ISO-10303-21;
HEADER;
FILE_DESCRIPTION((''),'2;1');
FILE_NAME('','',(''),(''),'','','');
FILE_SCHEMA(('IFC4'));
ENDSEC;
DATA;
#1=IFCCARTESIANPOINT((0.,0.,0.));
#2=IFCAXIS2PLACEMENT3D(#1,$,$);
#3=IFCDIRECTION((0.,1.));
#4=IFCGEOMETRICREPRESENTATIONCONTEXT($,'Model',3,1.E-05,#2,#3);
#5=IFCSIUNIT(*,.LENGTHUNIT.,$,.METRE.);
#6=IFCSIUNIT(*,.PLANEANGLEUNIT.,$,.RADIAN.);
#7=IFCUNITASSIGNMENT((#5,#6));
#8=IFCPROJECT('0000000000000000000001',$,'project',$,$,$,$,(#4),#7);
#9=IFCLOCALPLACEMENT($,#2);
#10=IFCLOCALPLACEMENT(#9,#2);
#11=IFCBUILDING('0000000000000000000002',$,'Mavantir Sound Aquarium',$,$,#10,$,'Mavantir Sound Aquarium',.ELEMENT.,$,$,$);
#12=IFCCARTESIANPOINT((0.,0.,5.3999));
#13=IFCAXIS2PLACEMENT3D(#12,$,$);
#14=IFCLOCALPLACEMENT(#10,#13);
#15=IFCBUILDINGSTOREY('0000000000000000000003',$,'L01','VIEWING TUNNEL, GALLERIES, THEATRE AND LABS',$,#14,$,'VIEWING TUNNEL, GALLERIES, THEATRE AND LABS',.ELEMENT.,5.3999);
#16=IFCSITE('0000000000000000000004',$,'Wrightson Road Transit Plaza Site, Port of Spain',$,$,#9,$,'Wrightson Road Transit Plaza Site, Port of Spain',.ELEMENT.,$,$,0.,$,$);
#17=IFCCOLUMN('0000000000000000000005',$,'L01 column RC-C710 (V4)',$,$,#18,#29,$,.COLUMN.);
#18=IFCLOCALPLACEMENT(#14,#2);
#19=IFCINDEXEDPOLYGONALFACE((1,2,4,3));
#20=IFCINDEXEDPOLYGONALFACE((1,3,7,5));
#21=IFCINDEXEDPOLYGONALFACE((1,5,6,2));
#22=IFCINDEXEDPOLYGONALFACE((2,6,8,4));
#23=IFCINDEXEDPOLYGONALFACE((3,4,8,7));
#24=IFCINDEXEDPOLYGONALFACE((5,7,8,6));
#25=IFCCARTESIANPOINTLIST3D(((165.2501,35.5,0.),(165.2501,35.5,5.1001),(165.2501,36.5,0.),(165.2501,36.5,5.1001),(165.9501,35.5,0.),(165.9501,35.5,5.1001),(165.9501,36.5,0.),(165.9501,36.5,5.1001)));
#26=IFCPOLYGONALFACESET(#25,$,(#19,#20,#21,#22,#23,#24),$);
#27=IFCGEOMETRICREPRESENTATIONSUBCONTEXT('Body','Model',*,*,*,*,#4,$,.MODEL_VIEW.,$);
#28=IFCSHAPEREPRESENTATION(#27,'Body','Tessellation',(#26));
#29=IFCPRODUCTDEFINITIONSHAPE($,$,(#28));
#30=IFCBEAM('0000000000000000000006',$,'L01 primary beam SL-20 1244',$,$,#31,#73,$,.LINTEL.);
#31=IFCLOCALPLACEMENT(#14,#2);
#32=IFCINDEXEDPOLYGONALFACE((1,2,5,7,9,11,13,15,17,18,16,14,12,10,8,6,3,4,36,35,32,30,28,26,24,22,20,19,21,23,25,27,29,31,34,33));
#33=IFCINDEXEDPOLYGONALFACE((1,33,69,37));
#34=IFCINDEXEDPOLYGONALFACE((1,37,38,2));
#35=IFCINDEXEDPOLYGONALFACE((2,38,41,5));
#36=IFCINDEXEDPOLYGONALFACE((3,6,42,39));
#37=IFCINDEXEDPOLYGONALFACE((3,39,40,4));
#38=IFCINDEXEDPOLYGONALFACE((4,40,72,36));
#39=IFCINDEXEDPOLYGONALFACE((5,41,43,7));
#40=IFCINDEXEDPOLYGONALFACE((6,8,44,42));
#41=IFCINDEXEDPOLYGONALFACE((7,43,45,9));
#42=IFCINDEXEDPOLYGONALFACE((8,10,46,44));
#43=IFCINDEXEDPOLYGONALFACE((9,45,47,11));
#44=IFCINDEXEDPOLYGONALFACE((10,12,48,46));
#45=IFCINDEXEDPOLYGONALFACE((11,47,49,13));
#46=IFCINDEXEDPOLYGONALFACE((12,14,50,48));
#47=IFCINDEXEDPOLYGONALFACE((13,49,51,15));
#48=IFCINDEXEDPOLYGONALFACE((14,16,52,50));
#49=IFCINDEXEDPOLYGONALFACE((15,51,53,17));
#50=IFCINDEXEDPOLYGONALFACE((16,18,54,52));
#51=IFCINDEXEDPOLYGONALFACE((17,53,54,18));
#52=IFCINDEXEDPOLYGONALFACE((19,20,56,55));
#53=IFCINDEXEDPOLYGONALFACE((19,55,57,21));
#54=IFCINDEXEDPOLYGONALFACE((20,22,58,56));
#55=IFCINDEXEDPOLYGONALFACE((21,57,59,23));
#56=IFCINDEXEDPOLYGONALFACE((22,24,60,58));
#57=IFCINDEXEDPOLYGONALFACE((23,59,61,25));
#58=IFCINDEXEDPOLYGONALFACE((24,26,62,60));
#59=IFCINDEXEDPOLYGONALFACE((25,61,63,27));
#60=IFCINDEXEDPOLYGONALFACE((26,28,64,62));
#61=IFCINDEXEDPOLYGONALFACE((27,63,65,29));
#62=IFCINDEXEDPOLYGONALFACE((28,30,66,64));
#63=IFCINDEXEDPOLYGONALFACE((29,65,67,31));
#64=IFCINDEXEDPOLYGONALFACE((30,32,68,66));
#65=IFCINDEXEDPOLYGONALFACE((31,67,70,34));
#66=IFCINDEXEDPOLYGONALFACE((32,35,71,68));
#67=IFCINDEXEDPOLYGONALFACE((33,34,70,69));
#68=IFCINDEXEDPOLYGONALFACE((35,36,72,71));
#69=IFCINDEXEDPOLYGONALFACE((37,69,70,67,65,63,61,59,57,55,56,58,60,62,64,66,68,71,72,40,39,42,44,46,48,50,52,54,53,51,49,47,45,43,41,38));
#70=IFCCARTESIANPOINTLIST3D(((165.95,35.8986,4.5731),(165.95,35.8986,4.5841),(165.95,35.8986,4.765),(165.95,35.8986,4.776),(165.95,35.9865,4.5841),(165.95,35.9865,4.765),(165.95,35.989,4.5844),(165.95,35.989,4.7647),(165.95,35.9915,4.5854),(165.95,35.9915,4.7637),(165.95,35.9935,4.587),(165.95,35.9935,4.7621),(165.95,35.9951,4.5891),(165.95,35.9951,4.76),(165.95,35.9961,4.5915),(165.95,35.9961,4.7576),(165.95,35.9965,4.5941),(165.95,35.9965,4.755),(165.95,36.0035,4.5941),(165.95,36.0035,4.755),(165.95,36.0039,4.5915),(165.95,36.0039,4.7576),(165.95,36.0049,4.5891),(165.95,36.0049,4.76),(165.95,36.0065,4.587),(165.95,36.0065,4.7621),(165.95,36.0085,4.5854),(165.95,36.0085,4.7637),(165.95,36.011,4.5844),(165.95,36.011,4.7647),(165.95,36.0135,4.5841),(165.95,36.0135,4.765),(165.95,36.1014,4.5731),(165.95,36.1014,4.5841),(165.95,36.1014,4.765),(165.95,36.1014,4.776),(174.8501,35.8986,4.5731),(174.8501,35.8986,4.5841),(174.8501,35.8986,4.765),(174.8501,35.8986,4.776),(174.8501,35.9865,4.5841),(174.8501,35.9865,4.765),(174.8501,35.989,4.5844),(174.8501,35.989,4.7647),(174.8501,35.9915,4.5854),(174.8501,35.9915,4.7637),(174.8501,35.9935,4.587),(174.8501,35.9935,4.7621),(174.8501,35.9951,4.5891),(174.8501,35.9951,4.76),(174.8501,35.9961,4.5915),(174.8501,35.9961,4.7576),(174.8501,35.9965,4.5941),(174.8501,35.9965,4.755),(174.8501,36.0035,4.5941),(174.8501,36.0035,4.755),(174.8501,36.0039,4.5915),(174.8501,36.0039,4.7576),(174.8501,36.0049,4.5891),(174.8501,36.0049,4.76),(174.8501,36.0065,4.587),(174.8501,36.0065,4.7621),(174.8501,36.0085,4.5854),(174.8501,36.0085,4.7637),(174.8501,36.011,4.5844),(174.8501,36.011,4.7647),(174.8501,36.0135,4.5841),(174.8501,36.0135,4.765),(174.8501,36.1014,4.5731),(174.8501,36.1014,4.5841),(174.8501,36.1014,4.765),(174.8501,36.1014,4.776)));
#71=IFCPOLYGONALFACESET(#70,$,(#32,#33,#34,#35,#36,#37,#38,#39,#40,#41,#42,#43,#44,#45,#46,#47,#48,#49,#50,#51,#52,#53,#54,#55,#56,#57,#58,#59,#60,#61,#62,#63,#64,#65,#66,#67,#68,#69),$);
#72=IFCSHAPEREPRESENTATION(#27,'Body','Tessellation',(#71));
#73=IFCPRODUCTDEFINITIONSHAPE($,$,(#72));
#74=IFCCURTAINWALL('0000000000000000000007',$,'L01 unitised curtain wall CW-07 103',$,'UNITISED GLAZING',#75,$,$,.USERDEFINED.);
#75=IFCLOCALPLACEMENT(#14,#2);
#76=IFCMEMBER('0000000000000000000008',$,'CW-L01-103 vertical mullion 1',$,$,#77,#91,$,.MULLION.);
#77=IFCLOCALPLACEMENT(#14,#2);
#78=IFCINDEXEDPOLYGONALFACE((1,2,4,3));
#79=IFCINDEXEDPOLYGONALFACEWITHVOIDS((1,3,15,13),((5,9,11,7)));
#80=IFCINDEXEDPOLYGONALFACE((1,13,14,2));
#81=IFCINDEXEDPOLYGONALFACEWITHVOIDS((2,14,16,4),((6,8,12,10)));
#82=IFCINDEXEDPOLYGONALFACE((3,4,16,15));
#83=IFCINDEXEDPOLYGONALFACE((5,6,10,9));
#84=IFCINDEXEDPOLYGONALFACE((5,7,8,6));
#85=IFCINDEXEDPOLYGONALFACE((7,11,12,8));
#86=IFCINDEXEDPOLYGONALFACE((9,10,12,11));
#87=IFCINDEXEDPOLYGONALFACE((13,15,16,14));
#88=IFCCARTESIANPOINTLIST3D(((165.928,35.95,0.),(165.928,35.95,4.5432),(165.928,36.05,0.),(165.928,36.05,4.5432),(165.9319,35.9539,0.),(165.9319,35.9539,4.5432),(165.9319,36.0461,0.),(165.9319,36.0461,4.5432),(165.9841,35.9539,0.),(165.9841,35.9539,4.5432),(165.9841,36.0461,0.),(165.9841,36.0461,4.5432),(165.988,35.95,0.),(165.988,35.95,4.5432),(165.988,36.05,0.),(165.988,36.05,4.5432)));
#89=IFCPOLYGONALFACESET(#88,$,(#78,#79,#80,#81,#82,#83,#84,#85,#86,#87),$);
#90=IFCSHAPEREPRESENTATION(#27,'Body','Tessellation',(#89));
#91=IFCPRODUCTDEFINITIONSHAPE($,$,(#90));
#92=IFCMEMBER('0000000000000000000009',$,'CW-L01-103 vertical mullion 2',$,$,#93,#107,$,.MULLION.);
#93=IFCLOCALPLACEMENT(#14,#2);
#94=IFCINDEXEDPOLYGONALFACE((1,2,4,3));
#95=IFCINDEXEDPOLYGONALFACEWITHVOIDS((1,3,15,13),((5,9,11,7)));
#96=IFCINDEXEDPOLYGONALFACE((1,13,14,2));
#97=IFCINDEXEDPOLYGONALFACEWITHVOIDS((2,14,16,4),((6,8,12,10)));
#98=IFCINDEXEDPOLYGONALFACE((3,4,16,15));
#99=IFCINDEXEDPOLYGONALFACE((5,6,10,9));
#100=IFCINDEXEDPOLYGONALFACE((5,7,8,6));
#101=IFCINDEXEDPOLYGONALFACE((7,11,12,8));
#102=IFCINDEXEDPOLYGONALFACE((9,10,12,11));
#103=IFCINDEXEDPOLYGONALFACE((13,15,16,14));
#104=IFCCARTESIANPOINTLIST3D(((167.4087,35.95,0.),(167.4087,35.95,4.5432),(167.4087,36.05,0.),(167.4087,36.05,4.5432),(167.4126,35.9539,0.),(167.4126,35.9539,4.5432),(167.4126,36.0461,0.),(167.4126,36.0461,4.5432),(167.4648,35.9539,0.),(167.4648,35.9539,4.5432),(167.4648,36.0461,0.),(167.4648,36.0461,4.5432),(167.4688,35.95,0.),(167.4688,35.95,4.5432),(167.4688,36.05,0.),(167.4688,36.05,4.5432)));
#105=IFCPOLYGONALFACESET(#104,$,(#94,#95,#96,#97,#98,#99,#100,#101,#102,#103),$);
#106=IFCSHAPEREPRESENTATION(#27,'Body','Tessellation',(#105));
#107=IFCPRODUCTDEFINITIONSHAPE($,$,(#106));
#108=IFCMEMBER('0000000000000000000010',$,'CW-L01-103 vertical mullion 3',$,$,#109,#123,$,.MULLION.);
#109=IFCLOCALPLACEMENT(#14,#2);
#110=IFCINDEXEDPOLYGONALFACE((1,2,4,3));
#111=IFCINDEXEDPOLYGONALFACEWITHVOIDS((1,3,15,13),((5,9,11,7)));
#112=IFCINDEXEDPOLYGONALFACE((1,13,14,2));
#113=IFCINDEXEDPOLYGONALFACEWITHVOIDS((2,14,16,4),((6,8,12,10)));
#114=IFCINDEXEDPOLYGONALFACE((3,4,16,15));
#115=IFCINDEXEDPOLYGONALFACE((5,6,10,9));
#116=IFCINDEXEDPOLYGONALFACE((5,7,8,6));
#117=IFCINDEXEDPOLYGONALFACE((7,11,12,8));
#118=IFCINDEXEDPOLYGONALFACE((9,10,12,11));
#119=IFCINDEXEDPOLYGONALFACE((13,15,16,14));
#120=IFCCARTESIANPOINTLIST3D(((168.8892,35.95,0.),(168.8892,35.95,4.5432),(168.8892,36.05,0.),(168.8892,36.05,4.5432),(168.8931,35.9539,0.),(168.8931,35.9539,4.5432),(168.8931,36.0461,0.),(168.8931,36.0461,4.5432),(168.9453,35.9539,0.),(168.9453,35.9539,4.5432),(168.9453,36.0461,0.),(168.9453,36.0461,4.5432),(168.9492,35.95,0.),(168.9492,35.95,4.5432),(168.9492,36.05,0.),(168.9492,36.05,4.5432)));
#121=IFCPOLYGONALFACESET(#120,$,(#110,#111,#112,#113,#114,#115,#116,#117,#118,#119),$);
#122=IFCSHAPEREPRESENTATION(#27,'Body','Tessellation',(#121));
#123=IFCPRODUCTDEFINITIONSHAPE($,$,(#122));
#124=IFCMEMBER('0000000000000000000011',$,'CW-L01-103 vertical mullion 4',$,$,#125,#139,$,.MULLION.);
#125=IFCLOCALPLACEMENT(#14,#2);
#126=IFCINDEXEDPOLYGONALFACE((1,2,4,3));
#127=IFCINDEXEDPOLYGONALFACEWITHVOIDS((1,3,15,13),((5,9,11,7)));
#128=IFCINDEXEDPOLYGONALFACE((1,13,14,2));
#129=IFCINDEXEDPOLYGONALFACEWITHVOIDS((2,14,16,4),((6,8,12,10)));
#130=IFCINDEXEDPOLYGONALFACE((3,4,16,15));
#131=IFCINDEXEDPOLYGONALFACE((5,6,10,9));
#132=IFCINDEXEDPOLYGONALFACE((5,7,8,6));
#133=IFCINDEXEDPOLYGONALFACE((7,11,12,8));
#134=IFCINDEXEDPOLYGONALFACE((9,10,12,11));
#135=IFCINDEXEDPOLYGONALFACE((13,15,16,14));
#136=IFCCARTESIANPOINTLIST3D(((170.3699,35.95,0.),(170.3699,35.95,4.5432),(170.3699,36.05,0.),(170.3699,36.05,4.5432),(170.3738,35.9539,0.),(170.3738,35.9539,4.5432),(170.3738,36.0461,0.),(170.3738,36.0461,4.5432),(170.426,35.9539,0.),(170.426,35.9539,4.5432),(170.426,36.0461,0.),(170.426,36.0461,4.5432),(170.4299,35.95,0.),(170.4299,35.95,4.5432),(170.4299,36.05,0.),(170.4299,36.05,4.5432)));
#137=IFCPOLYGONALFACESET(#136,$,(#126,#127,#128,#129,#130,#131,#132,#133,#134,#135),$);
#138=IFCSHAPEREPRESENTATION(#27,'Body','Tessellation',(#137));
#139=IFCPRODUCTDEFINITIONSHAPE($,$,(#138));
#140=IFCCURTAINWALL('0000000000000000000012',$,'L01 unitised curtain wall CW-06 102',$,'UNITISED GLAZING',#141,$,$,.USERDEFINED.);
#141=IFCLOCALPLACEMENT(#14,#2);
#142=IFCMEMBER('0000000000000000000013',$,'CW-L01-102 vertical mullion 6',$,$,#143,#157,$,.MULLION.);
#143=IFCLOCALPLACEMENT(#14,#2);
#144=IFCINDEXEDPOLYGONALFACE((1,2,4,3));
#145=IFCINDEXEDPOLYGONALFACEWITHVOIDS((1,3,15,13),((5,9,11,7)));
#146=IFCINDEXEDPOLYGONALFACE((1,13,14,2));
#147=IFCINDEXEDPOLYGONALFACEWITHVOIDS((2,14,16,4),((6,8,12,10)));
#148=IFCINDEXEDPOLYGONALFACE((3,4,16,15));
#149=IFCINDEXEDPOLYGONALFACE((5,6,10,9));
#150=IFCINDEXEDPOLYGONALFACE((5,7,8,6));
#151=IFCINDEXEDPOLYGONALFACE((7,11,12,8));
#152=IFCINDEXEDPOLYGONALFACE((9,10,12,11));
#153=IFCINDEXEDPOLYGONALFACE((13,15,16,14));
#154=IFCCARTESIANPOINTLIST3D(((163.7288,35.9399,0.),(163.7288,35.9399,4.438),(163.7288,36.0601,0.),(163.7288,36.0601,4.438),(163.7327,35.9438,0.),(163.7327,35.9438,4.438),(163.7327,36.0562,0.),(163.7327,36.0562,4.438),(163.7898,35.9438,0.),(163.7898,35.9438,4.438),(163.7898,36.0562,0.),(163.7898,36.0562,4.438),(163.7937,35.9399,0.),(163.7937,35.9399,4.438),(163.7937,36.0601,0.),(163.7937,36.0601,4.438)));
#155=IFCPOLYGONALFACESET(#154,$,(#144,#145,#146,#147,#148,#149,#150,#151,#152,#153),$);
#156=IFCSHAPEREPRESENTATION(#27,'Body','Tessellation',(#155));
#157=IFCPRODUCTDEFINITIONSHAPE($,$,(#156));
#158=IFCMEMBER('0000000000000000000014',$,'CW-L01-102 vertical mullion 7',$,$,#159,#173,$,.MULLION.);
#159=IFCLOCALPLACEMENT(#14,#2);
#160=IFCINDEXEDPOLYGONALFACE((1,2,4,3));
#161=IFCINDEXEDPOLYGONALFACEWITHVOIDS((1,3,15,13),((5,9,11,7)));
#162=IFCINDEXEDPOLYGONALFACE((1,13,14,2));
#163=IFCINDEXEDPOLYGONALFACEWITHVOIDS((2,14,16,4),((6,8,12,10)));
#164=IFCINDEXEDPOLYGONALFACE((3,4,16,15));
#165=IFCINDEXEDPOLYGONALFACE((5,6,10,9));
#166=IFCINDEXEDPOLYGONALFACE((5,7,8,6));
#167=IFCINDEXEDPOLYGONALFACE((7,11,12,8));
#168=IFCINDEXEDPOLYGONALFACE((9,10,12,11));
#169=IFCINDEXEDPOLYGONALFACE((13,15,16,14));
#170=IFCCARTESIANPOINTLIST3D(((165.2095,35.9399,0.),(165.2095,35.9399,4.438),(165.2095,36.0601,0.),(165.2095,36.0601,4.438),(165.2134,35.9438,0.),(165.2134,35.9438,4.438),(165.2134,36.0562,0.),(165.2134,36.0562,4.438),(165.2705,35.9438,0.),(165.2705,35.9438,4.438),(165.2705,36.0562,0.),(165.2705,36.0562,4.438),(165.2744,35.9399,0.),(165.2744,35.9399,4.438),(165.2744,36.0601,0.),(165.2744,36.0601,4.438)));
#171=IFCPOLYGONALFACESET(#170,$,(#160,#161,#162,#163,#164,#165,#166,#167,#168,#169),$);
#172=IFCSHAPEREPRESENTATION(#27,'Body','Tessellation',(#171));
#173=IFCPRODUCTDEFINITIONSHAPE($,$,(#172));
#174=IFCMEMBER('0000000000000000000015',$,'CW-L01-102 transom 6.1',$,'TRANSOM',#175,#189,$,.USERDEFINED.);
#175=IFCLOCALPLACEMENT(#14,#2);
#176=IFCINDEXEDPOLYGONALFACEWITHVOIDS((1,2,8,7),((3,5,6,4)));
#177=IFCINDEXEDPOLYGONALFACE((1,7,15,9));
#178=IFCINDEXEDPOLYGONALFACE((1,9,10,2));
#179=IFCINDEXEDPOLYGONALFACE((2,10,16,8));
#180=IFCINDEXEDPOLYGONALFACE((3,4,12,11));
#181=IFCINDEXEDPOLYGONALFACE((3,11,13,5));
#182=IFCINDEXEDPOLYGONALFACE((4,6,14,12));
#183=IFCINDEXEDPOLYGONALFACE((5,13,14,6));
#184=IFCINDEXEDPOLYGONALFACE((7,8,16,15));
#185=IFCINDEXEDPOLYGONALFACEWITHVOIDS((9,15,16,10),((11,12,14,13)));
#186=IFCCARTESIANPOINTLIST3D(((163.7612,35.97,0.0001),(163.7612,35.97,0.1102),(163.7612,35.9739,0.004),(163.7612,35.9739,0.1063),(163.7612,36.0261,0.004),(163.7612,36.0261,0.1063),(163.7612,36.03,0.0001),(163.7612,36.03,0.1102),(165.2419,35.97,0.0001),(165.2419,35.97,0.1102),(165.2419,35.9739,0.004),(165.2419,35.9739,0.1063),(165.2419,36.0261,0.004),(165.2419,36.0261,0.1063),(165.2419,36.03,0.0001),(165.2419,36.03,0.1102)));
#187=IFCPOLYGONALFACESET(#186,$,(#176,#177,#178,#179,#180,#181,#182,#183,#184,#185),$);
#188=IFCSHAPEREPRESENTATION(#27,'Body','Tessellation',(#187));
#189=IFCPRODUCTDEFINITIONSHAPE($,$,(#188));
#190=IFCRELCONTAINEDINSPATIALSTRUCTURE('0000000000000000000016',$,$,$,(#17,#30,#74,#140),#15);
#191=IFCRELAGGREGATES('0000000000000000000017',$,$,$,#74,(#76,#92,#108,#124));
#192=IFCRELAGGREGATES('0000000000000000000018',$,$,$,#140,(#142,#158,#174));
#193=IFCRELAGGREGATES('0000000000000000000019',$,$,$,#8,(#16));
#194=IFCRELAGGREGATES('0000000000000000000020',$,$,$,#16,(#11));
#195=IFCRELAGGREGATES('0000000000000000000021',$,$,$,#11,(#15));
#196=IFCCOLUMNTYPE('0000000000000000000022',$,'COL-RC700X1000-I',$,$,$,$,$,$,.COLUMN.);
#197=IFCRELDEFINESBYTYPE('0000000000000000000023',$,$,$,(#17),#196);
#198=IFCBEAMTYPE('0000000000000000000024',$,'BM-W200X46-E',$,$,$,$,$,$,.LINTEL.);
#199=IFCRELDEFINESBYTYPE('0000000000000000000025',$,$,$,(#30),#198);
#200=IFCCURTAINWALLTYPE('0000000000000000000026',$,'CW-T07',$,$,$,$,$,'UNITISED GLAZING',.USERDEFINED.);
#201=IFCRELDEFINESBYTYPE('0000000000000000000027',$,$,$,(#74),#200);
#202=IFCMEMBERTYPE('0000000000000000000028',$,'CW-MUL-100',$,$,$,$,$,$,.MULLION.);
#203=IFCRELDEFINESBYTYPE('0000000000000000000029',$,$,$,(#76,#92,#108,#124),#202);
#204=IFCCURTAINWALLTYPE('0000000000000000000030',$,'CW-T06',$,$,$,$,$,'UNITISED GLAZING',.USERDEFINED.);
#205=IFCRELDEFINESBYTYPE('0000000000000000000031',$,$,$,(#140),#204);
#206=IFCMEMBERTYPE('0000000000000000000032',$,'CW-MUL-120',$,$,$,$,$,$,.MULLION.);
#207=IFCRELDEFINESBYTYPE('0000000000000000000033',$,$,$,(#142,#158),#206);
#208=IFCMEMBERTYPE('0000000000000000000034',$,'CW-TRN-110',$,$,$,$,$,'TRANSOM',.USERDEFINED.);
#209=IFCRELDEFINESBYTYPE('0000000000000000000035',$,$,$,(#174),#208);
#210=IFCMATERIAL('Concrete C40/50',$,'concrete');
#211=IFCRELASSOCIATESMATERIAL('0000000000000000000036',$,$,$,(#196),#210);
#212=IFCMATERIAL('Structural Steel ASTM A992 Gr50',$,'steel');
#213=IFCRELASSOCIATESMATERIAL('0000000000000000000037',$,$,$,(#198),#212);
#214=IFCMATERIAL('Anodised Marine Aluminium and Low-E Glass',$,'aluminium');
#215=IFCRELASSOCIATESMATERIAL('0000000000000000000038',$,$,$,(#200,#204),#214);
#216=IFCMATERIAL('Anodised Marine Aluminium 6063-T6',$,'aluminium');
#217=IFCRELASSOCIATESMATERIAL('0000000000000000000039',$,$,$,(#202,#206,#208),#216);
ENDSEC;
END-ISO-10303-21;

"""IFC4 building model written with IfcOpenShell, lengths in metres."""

from ifc_helpers import new_model, si_unit, direction, frame, origin, origin_2d, place, context, subcontext, project, spatial, rectangle, hollow_rectangle, i_section, extrude, material, material_profile, profile_set, type_object, element, aggregate, save


model = new_model("IFC4")

# Units and contexts
model_context = context("Model", 3, precision=1e-05, world=origin(), true_north=direction((0.0, 1.0)))
body_context = subcontext(model_context, "Body", "Model", "MODEL_VIEW")
ifc_project = project(units=[si_unit("LENGTHUNIT", "METRE"), si_unit("PLANEANGLEUNIT", "RADIAN")], contexts=[model_context])

# Site, building, storey
site_placement = place(None, origin())
site = spatial("IfcSite", under=ifc_project, at=site_placement, Name="Wrightson Road Transit Plaza Site, Port of Spain", LongName="Wrightson Road Transit Plaza Site, Port of Spain", CompositionType="ELEMENT", RefElevation=0.0)
building_placement = place(site_placement, origin())
building = spatial("IfcBuilding", under=site, at=building_placement, Name="Mavantir Sound Aquarium", LongName="Mavantir Sound Aquarium", CompositionType="ELEMENT")
storey_placement = place(building_placement, frame((0.0, 0.0, 5.3999)))
storey = spatial("IfcBuildingStorey", under=building, at=storey_placement, Name="L01", Description="VIEWING TUNNEL, GALLERIES, THEATRE AND LABS", LongName="VIEWING TUNNEL, GALLERIES, THEATRE AND LABS", CompositionType="ELEMENT", Elevation=5.3999)

# Column
ifc_material_1 = material(Name="Concrete C40/50", Category="concrete")
ifc_material_profile_1 = material_profile(ifc_material_1, rectangle(XDim=0.7, YDim=1.0, at=origin_2d()), Name="RC 700X1000")
ifc_profile_set_1 = profile_set([ifc_material_profile_1], Name="Concrete C40/50")
column_type = type_object("IfcColumnType", Name="COL-RC700X1000-I", PredefinedType="COLUMN", material=ifc_profile_set_1)
column_placement = place(storey_placement, frame((165.6001, 36.0, 0.0), z_axis=(0.0, 0.0, 1.0), x_axis=(1.0, 0.0, 0.0)))
element("IfcColumn", 1, at=column_placement, inside=storey, type_object=column_type, Name="L01 column RC-C710 (V4)", PredefinedType="COLUMN", context=body_context, shape_type="SweptSolid", body=[
    extrude(rectangle(XDim=0.7, YDim=1.0, at=origin_2d()), origin(), (0.0, 0.0, 1.0), 5.1001),
])

# Beam
ifc_material_2 = material(Name="Structural Steel ASTM A992 Gr50", Category="steel")
ifc_material_profile_2 = material_profile(ifc_material_2, i_section(OverallWidth=0.2029, OverallDepth=0.2029, WebThickness=0.0071, FlangeThickness=0.011, FilletRadius=0.01, at=origin_2d()), Name="W200X46")
ifc_profile_set_2 = profile_set([ifc_material_profile_2], Name="Structural Steel ASTM A992 Gr50")
beam_type = type_object("IfcBeamType", Name="BM-W200X46-E", PredefinedType="LINTEL", material=ifc_profile_set_2)
beam_placement = place(storey_placement, frame((165.95, 36.0, 4.6746), z_axis=(1.0, 0.0, 0.0), x_axis=(0.0, 1.0, 0.0)))
element("IfcBeam", 2, at=beam_placement, inside=storey, type_object=beam_type, Name="L01 primary beam SL-20 1244", PredefinedType="LINTEL", context=body_context, shape_type="SweptSolid", body=[
    extrude(i_section(OverallWidth=0.2029, OverallDepth=0.2029, WebThickness=0.0071, FlangeThickness=0.011, FilletRadius=0.01, at=origin_2d()), origin(), (0.0, 0.0, 1.0), 8.9001),
])

# Curtain walls, members
ifc_material_3 = material(Name="Anodised Marine Aluminium and Low-E Glass", Category="aluminium")
curtain_wall_type_1 = type_object("IfcCurtainWallType", Name="CW-T07", ElementType="UNITISED GLAZING", PredefinedType="USERDEFINED", material=ifc_material_3)
curtain_wall_1_placement = place(storey_placement, origin())
curtain_wall_1 = element("IfcCurtainWall", 3, at=curtain_wall_1_placement, inside=storey, type_object=curtain_wall_type_1, Name="L01 unitised curtain wall CW-07 103", ObjectType="UNITISED GLAZING", PredefinedType="USERDEFINED")
ifc_material_4 = material(Name="Anodised Marine Aluminium 6063-T6", Category="aluminium")
ifc_material_profile_3 = material_profile(ifc_material_4, hollow_rectangle(XDim=0.0601, YDim=0.1001, WallThickness=0.0039, at=origin_2d()), Name="ALU-MULLION-100X60")
ifc_profile_set_3 = profile_set([ifc_material_profile_3], Name="Anodised Marine Aluminium 6063-T6")
member_type_1 = type_object("IfcMemberType", Name="CW-MUL-100", PredefinedType="MULLION", material=ifc_profile_set_3)
member_1_placement = place(storey_placement, frame((165.958, 36.0, 0.0), z_axis=(0.0, 0.0, 1.0), x_axis=(1.0, 0.0, 0.0)))
member_1 = element("IfcMember", 4, at=member_1_placement, type_object=member_type_1, Name="CW-L01-103 vertical mullion 1", PredefinedType="MULLION", context=body_context, shape_type="SweptSolid", body=[
    extrude(hollow_rectangle(XDim=0.0601, YDim=0.1001, WallThickness=0.0039, at=origin_2d()), origin(), (0.0, 0.0, 1.0), 4.5432),
])
member_2_placement = place(storey_placement, frame((167.4387, 36.0, 0.0), z_axis=(0.0, 0.0, 1.0), x_axis=(1.0, 0.0, 0.0)))
member_2 = element("IfcMember", 5, at=member_2_placement, type_object=member_type_1, Name="CW-L01-103 vertical mullion 2", PredefinedType="MULLION", context=body_context, shape_type="SweptSolid", body=[
    extrude(hollow_rectangle(XDim=0.0601, YDim=0.1001, WallThickness=0.0039, at=origin_2d()), origin(), (0.0, 0.0, 1.0), 4.5432),
])
member_3_placement = place(storey_placement, frame((168.9192, 36.0, 0.0), z_axis=(0.0, 0.0, 1.0), x_axis=(1.0, 0.0, 0.0)))
member_3 = element("IfcMember", 6, at=member_3_placement, type_object=member_type_1, Name="CW-L01-103 vertical mullion 3", PredefinedType="MULLION", context=body_context, shape_type="SweptSolid", body=[
    extrude(hollow_rectangle(XDim=0.0601, YDim=0.1001, WallThickness=0.0039, at=origin_2d()), origin(), (0.0, 0.0, 1.0), 4.5432),
])
member_4_placement = place(storey_placement, frame((170.3999, 36.0, 0.0), z_axis=(0.0, 0.0, 1.0), x_axis=(1.0, 0.0, 0.0)))
member_4 = element("IfcMember", 7, at=member_4_placement, type_object=member_type_1, Name="CW-L01-103 vertical mullion 4", PredefinedType="MULLION", context=body_context, shape_type="SweptSolid", body=[
    extrude(hollow_rectangle(XDim=0.0601, YDim=0.1001, WallThickness=0.0039, at=origin_2d()), origin(), (0.0, 0.0, 1.0), 4.5432),
])
curtain_wall_type_2 = type_object("IfcCurtainWallType", Name="CW-T06", ElementType="UNITISED GLAZING", PredefinedType="USERDEFINED", material=ifc_material_3)
curtain_wall_2_placement = place(storey_placement, origin())
curtain_wall_2 = element("IfcCurtainWall", 8, at=curtain_wall_2_placement, inside=storey, type_object=curtain_wall_type_2, Name="L01 unitised curtain wall CW-06 102", ObjectType="UNITISED GLAZING", PredefinedType="USERDEFINED")
ifc_material_profile_4 = material_profile(ifc_material_4, hollow_rectangle(XDim=0.0649, YDim=0.1201, WallThickness=0.0039, at=origin_2d()), Name="ALU-MULLION-120X65")
ifc_profile_set_4 = profile_set([ifc_material_profile_4], Name="Anodised Marine Aluminium 6063-T6")
member_type_2 = type_object("IfcMemberType", Name="CW-MUL-120", PredefinedType="MULLION", material=ifc_profile_set_4)
member_5_placement = place(storey_placement, frame((163.7612, 36.0, 0.0), z_axis=(0.0, 0.0, 1.0), x_axis=(1.0, 0.0, 0.0)))
member_5 = element("IfcMember", 9, at=member_5_placement, type_object=member_type_2, Name="CW-L01-102 vertical mullion 6", PredefinedType="MULLION", context=body_context, shape_type="SweptSolid", body=[
    extrude(hollow_rectangle(XDim=0.0649, YDim=0.1201, WallThickness=0.0039, at=origin_2d()), origin(), (0.0, 0.0, 1.0), 4.438),
])
member_6_placement = place(storey_placement, frame((165.2419, 36.0, 0.0), z_axis=(0.0, 0.0, 1.0), x_axis=(1.0, 0.0, 0.0)))
member_6 = element("IfcMember", 10, at=member_6_placement, type_object=member_type_2, Name="CW-L01-102 vertical mullion 7", PredefinedType="MULLION", context=body_context, shape_type="SweptSolid", body=[
    extrude(hollow_rectangle(XDim=0.0649, YDim=0.1201, WallThickness=0.0039, at=origin_2d()), origin(), (0.0, 0.0, 1.0), 4.438),
])
ifc_material_profile_5 = material_profile(ifc_material_4, hollow_rectangle(XDim=0.0601, YDim=0.1101, WallThickness=0.0039, at=origin_2d()), Name="ALU-TRANSOM-110X60")
ifc_profile_set_5 = profile_set([ifc_material_profile_5], Name="Anodised Marine Aluminium 6063-T6")
member_type_3 = type_object("IfcMemberType", Name="CW-TRN-110", ElementType="TRANSOM", PredefinedType="USERDEFINED", material=ifc_profile_set_5)
member_7_placement = place(storey_placement, frame((163.7612, 36.0, 0.0552), z_axis=(1.0, 0.0, 0.0), x_axis=(0.0, 1.0, 0.0)))
member_7 = element("IfcMember", 11, at=member_7_placement, type_object=member_type_3, Name="CW-L01-102 transom 6.1", ObjectType="TRANSOM", PredefinedType="USERDEFINED", context=body_context, shape_type="SweptSolid", body=[
    extrude(hollow_rectangle(XDim=0.0601, YDim=0.1101, WallThickness=0.0039, at=origin_2d()), origin(), (0.0, 0.0, 1.0), 1.4807),
])

aggregate(curtain_wall_1, [member_1, member_2, member_3, member_4])
aggregate(curtain_wall_2, [member_5, member_6, member_7])

save(model, "model.ifc")
